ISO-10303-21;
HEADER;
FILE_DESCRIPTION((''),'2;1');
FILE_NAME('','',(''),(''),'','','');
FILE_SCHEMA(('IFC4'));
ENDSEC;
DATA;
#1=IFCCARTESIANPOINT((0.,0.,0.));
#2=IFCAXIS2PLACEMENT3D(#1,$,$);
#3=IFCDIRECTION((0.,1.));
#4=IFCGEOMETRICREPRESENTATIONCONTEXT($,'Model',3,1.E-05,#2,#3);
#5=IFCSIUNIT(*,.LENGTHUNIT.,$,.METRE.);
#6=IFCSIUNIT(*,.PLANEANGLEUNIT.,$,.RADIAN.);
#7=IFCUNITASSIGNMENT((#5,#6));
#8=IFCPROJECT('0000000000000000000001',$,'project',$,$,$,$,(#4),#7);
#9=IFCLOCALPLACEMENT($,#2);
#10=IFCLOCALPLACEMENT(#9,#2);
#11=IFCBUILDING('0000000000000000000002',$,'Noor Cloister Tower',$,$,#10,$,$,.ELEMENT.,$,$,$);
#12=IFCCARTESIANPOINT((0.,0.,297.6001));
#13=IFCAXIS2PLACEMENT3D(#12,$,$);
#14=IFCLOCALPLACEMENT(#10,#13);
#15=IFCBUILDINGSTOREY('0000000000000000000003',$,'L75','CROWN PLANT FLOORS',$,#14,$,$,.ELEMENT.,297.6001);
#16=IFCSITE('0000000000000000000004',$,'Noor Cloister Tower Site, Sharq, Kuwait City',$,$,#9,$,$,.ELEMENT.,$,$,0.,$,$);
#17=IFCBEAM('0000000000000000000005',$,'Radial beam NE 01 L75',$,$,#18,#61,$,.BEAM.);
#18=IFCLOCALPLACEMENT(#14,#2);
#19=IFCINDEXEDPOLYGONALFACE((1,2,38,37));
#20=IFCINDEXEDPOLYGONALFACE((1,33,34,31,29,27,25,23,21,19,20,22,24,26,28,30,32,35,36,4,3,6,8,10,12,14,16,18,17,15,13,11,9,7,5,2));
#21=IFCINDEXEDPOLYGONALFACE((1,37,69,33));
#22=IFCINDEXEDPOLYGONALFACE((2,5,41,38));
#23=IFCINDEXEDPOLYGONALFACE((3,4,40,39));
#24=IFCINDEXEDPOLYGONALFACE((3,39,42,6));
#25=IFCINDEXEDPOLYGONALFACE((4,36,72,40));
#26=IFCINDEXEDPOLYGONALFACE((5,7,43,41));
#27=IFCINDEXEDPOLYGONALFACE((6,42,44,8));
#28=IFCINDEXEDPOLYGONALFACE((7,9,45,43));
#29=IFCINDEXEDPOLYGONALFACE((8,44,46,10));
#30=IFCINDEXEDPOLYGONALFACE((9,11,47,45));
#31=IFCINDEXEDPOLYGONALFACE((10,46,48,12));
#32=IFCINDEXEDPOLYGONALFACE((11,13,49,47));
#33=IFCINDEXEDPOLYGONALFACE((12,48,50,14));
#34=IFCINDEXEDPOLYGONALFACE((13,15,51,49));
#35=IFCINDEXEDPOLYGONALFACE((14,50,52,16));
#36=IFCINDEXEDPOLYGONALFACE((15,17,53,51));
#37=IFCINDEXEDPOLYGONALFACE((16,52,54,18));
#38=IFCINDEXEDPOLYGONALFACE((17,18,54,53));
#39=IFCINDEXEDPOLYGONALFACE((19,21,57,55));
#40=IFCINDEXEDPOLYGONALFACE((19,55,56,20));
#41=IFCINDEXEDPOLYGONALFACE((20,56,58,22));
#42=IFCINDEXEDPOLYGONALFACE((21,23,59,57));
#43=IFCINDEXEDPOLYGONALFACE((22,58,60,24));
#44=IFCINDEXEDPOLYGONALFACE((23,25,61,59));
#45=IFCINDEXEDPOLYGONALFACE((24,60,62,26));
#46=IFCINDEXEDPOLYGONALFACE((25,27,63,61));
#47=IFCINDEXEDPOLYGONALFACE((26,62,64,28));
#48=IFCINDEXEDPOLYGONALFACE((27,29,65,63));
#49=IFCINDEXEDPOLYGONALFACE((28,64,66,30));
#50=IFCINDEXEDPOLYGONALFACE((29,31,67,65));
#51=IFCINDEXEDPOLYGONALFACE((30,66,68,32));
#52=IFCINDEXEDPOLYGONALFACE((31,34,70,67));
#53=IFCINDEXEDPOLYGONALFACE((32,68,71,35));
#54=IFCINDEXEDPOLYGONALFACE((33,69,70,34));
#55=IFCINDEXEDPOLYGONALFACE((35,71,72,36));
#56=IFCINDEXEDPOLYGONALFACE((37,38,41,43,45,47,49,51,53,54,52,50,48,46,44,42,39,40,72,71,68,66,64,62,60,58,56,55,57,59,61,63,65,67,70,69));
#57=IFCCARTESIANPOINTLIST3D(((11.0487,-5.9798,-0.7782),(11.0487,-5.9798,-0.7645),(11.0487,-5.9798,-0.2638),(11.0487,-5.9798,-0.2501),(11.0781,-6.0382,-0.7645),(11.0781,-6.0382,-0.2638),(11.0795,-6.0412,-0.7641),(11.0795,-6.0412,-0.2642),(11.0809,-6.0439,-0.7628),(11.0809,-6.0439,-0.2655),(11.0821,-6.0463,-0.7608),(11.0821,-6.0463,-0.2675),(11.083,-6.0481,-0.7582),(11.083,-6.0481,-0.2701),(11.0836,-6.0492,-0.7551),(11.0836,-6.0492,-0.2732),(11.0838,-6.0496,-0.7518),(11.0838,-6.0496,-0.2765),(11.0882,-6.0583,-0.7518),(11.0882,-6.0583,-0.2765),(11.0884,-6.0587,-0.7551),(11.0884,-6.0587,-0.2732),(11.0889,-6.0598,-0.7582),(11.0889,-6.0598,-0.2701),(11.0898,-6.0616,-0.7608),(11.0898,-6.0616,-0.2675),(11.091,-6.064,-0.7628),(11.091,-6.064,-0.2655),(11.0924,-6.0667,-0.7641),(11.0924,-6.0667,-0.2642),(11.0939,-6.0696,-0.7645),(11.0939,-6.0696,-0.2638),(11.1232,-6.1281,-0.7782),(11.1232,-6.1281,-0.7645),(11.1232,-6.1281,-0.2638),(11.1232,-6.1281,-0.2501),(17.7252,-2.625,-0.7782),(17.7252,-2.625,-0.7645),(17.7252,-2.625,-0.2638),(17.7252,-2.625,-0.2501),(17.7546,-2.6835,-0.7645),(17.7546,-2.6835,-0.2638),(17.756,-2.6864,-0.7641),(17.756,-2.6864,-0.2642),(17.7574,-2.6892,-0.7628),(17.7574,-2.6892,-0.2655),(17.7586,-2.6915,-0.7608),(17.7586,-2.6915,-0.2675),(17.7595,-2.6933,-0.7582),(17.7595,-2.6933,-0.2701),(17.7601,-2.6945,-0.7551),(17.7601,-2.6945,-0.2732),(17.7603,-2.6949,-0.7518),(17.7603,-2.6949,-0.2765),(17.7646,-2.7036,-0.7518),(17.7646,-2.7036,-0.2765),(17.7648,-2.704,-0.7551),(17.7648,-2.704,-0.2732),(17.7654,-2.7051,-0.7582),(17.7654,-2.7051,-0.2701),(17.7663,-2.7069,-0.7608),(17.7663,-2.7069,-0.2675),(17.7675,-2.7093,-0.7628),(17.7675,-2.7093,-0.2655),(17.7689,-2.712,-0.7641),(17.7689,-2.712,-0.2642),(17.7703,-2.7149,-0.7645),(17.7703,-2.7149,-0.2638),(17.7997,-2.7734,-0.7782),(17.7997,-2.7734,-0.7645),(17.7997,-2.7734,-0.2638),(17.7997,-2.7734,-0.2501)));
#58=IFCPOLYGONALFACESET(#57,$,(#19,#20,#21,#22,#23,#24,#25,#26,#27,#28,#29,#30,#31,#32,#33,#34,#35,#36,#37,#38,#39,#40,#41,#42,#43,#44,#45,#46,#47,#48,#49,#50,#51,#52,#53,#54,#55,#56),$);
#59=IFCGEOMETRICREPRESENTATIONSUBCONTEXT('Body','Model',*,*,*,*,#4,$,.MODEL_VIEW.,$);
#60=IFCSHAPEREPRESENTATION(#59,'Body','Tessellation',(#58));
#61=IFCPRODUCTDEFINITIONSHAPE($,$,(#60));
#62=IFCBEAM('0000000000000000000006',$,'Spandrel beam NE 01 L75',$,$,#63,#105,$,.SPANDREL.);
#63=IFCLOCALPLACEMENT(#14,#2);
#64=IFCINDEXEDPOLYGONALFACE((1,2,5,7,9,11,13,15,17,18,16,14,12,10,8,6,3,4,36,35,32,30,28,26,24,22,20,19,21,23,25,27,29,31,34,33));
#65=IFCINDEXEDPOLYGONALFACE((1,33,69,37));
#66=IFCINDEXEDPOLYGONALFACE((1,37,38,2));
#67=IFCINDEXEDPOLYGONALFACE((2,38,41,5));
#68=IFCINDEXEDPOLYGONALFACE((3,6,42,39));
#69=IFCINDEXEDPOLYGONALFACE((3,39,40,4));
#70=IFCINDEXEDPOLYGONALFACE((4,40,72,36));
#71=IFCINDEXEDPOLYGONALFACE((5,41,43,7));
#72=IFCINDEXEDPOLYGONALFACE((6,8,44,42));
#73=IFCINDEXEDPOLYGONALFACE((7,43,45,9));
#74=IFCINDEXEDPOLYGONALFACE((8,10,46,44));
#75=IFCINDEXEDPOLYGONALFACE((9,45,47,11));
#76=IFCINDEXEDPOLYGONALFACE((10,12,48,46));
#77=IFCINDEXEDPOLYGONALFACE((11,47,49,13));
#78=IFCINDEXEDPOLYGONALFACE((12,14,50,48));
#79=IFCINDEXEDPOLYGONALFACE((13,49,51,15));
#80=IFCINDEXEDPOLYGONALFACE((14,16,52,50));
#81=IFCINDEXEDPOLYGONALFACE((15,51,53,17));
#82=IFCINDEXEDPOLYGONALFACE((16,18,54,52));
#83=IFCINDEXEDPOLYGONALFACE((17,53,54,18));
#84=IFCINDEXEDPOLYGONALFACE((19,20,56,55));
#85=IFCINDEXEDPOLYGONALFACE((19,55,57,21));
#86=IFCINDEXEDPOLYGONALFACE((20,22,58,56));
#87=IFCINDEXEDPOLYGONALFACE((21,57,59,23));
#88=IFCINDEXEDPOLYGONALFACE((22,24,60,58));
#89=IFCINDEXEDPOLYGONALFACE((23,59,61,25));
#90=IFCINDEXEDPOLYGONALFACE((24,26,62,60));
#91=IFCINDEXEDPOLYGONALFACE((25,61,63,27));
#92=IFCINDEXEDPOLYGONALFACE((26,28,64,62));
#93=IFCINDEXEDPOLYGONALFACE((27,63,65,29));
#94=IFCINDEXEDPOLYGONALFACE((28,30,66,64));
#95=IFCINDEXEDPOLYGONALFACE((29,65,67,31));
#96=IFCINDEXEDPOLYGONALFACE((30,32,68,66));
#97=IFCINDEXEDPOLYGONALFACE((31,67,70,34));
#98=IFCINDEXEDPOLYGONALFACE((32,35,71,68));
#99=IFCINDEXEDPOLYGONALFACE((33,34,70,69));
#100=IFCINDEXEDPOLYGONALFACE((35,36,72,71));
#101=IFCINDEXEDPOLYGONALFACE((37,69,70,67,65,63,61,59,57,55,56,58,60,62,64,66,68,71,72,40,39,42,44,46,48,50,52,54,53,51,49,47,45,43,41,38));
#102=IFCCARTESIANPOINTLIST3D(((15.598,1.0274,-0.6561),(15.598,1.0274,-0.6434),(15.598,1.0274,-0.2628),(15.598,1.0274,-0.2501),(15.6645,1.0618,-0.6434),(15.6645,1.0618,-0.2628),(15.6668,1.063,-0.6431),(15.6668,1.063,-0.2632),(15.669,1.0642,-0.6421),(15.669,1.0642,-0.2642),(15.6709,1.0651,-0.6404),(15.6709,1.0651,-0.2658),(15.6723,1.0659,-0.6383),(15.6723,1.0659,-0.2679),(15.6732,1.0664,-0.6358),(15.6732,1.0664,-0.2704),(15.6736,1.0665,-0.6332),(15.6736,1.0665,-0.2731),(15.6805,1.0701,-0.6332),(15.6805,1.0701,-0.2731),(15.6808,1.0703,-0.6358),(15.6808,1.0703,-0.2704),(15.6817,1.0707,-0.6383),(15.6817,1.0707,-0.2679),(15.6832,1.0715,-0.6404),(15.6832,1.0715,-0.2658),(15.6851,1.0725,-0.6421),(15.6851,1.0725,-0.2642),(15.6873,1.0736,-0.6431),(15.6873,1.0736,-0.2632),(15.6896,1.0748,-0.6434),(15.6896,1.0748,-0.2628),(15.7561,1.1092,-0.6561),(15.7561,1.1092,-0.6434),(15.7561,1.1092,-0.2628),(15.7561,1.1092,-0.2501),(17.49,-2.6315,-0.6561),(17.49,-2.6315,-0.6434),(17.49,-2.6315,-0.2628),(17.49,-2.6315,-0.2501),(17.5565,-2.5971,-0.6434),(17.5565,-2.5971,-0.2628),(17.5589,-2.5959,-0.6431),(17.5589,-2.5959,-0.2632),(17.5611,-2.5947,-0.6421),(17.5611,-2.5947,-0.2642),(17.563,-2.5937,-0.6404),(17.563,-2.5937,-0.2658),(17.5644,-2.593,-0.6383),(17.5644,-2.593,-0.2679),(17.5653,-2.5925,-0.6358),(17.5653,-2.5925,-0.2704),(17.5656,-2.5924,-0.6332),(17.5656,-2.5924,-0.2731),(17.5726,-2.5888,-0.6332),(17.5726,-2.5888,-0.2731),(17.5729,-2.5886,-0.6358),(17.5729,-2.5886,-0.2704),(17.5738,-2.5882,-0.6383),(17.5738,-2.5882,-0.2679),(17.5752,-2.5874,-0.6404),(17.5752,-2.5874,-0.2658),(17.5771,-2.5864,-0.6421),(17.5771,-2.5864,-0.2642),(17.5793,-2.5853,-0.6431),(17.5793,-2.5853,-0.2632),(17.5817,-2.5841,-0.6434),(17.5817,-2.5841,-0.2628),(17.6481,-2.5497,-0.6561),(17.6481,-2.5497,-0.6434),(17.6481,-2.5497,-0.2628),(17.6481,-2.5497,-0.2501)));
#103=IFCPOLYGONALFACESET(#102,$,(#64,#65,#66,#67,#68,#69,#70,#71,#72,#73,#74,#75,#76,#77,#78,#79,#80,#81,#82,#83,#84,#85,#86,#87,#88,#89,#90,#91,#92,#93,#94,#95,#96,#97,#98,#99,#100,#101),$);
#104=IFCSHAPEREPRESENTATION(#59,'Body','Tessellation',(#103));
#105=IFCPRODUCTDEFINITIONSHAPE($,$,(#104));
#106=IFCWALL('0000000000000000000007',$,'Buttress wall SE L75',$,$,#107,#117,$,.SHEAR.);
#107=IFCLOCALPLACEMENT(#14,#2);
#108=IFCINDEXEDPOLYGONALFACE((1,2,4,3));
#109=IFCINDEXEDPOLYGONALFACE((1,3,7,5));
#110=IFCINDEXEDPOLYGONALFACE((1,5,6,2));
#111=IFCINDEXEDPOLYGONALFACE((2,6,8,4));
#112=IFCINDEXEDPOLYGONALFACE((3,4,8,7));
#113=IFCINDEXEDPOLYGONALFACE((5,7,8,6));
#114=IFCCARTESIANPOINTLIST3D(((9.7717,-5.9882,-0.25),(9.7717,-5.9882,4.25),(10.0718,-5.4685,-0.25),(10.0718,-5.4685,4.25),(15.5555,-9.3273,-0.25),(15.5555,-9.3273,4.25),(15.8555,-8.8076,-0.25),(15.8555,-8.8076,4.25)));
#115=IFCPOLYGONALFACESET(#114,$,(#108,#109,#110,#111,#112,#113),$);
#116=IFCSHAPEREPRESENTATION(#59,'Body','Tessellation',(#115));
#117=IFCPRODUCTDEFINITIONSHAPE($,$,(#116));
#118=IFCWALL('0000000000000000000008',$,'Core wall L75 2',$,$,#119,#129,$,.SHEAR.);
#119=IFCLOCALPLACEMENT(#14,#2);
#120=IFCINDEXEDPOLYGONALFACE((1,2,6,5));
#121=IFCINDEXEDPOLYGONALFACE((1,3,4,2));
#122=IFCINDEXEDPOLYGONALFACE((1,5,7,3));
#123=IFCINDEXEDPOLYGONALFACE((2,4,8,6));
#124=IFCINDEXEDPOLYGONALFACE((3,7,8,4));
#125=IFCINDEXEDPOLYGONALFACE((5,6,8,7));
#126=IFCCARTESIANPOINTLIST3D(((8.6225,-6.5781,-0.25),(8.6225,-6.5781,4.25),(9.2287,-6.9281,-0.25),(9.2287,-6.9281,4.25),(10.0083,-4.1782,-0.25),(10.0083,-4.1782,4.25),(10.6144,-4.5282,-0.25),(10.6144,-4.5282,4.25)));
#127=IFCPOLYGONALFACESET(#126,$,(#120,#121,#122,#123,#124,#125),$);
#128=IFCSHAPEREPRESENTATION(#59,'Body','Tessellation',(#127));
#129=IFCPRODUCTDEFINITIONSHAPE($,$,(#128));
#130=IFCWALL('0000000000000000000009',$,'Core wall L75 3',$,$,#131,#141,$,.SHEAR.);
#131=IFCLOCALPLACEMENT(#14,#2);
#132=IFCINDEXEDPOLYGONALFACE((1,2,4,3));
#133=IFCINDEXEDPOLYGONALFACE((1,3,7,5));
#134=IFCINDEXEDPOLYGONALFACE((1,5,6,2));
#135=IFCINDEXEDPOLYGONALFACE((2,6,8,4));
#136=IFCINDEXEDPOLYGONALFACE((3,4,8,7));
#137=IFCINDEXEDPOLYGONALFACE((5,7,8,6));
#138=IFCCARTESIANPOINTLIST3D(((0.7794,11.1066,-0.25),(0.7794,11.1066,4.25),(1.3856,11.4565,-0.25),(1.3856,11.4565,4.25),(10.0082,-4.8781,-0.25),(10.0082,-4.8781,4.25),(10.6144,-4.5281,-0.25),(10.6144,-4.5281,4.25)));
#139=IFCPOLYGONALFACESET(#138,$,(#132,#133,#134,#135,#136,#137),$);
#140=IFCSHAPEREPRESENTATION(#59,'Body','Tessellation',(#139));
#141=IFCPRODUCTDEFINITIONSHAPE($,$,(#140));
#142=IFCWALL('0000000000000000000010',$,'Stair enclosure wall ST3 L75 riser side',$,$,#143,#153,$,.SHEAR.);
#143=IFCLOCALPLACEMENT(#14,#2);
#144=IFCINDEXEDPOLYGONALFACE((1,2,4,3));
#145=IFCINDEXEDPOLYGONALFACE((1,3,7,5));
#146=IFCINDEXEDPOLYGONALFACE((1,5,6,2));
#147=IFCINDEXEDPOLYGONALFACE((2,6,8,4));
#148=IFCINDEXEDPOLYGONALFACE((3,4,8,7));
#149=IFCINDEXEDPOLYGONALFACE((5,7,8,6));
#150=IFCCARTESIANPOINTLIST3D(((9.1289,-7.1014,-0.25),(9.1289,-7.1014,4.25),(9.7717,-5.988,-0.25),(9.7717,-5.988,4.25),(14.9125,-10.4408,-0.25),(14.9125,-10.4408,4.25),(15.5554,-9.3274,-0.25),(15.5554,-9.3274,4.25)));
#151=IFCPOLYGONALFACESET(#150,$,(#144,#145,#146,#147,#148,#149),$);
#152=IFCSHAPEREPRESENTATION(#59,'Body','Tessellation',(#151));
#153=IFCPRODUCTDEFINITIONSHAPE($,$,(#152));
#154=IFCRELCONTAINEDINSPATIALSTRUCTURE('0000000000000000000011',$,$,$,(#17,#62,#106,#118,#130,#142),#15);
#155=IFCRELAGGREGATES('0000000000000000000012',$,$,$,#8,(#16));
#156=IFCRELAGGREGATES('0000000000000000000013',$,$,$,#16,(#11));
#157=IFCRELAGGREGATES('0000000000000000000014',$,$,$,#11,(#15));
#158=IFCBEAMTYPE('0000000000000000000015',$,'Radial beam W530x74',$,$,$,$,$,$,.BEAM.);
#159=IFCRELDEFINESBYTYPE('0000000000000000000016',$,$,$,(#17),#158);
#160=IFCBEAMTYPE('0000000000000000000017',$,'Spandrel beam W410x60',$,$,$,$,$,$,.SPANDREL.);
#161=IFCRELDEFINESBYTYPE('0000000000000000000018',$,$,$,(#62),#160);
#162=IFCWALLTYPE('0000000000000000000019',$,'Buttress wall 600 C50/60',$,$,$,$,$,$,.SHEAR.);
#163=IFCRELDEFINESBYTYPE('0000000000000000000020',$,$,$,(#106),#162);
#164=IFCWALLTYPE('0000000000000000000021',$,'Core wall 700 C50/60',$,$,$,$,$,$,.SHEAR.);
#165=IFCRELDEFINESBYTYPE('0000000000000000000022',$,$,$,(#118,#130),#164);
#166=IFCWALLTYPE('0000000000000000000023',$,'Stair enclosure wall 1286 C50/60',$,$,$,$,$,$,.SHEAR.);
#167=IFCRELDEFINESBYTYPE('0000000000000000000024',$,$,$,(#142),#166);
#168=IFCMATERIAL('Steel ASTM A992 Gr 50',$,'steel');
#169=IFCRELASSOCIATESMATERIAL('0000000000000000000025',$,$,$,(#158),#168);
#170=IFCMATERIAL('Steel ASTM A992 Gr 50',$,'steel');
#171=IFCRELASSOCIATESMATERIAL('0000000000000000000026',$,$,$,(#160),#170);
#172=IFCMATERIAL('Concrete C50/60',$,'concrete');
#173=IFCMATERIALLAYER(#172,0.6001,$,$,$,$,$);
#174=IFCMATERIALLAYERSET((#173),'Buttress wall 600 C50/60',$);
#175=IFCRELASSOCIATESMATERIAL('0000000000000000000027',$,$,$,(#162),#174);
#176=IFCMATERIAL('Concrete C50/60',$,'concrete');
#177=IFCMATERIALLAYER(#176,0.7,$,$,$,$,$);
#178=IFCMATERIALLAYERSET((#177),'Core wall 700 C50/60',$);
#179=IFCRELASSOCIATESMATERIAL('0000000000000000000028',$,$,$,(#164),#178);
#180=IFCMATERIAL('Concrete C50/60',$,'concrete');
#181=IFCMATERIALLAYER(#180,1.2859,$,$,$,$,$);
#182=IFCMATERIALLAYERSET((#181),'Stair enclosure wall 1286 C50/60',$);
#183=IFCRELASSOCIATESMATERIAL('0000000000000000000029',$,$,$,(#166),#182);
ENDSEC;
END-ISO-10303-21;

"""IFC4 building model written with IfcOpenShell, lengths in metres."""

from ifc_helpers import new_model, si_unit, direction, frame, frame_2d, origin, origin_2d, place, context, subcontext, project, spatial, rectangle, i_section, extrude, material, layer, layer_set, material_profile, profile_set, type_object, element, save


model = new_model("IFC4")

# Units and contexts
model_context = context("Model", 3, precision=1e-05, world=origin(), true_north=direction((0.0, 1.0)))
body_context = subcontext(model_context, "Body", "Model", "MODEL_VIEW")
ifc_project = project(units=[si_unit("LENGTHUNIT", "METRE"), si_unit("PLANEANGLEUNIT", "RADIAN")], contexts=[model_context])

# Site, building, storey
site_placement = place(None, origin())
site = spatial("IfcSite", under=ifc_project, at=site_placement, Name="Noor Cloister Tower Site, Sharq, Kuwait City", CompositionType="ELEMENT", RefElevation=0.0)
building_placement = place(site_placement, origin())
building = spatial("IfcBuilding", under=site, at=building_placement, Name="Noor Cloister Tower", CompositionType="ELEMENT")
storey_placement = place(building_placement, frame((0.0, 0.0, 297.6001)))
storey = spatial("IfcBuildingStorey", under=building, at=storey_placement, Name="L75", Description="CROWN PLANT FLOORS", CompositionType="ELEMENT", Elevation=297.6001)

# Beams
ifc_material_1 = material(Name="Steel ASTM A992 Gr 50", Category="steel")
ifc_material_profile_1 = material_profile(ifc_material_1, i_section(OverallWidth=0.166, OverallDepth=0.5281, WebThickness=0.0098, FlangeThickness=0.0137, FilletRadius=0.0127, at=origin_2d()), Name="W530x74")
ifc_profile_set_1 = profile_set([ifc_material_profile_1], Name="Steel ASTM A992 Gr 50")
beam_type_1 = type_object("IfcBeamType", Name="Radial beam W530x74", PredefinedType="BEAM", material=ifc_profile_set_1)
beam_1_placement = place(storey_placement, frame((17.7625, -2.6992, -0.5142), z_axis=(-0.893543, -0.448977, 0.0), x_axis=(0.448977, -0.893543, 0.0)))
element("IfcBeam", 1, at=beam_1_placement, inside=storey, type_object=beam_type_1, Name="Radial beam NE 01 L75", PredefinedType="BEAM", context=body_context, shape_type="SweptSolid", body=[
    extrude(i_section(OverallWidth=0.166, OverallDepth=0.5281, WebThickness=0.0098, FlangeThickness=0.0137, FilletRadius=0.0127, at=origin_2d()), origin(), (0.0, 0.0, 1.0), 7.4719),
])
ifc_material_2 = material(Name="Steel ASTM A992 Gr 50", Category="steel")
ifc_material_profile_2 = material_profile(ifc_material_2, i_section(OverallWidth=0.178, OverallDepth=0.406, WebThickness=0.0078, FlangeThickness=0.0127, FilletRadius=0.0103, at=origin_2d()), Name="W410x60")
ifc_profile_set_2 = profile_set([ifc_material_profile_2], Name="Steel ASTM A992 Gr 50")
beam_type_2 = type_object("IfcBeamType", Name="Spandrel beam W410x60", PredefinedType="SPANDREL", material=ifc_profile_set_2)
beam_2_placement = place(storey_placement, frame((17.5691, -2.5906, -0.4531), z_axis=(-0.459334, 0.888264, 0.0), x_axis=(-0.888264, -0.459334, 0.0)))
element("IfcBeam", 2, at=beam_2_placement, inside=storey, type_object=beam_type_2, Name="Spandrel beam NE 01 L75", PredefinedType="SPANDREL", context=body_context, shape_type="SweptSolid", body=[
    extrude(i_section(OverallWidth=0.178, OverallDepth=0.406, WebThickness=0.0078, FlangeThickness=0.0127, FilletRadius=0.0103, at=origin_2d()), origin(), (0.0, 0.0, 1.0), 4.1191),
])

# Walls
ifc_material_3 = material(Name="Concrete C50/60", Category="concrete")
ifc_layer_1 = layer(ifc_material_3, 0.6001)
ifc_layer_set_1 = layer_set([ifc_layer_1], Name="Buttress wall 600 C50/60")
wall_type_1 = type_object("IfcWallType", Name="Buttress wall 600 C50/60", PredefinedType="SHEAR", material=ifc_layer_set_1)
wall_1_placement = place(storey_placement, frame((9.9216, -5.7283, -0.25), z_axis=(0.0, 0.0, 1.0), x_axis=(0.866032, -0.499988, 0.0)))
element("IfcWall", 3, at=wall_1_placement, inside=storey, type_object=wall_type_1, Name="Buttress wall SE L75", PredefinedType="SHEAR", context=body_context, shape_type="SweptSolid", body=[
    extrude(rectangle(XDim=6.6785, YDim=0.6001, at=frame_2d((3.3394, 0.0))), origin(), (0.0, 0.0, 1.0), 4.5),
])
ifc_material_4 = material(Name="Concrete C50/60", Category="concrete")
ifc_layer_2 = layer(ifc_material_4, 0.7)
ifc_layer_set_2 = layer_set([ifc_layer_2], Name="Core wall 700 C50/60")
wall_type_2 = type_object("IfcWallType", Name="Core wall 700 C50/60", PredefinedType="SHEAR", material=ifc_layer_set_2)
wall_2_placement = place(storey_placement, frame((8.9255, -6.7532, -0.25), z_axis=(0.0, 0.0, 1.0), x_axis=(0.500043, 0.866001, 0.0)))
element("IfcWall", 4, at=wall_2_placement, inside=storey, type_object=wall_type_2, Name="Core wall L75 2", PredefinedType="SHEAR", context=body_context, shape_type="SweptSolid", body=[
    extrude(rectangle(XDim=2.7712, YDim=0.7, at=frame_2d((1.3857, 0.0))), origin(), (0.0, 0.0, 1.0), 4.5),
])
wall_3_placement = place(storey_placement, frame((10.3113, -4.7031, -0.25), z_axis=(0.0, 0.0, 1.0), x_axis=(-0.500001, 0.866025, 0.0)))
element("IfcWall", 5, at=wall_3_placement, inside=storey, type_object=wall_type_2, Name="Core wall L75 3", PredefinedType="SHEAR", context=body_context, shape_type="SweptSolid", body=[
    extrude(rectangle(XDim=18.4575, YDim=0.7, at=frame_2d((9.2288, 0.0))), origin(), (0.0, 0.0, 1.0), 4.5),
])
ifc_material_5 = material(Name="Concrete C50/60", Category="concrete")
ifc_layer_3 = layer(ifc_material_5, 1.2859)
ifc_layer_set_3 = layer_set([ifc_layer_3], Name="Stair enclosure wall 1286 C50/60")
wall_type_3 = type_object("IfcWallType", Name="Stair enclosure wall 1286 C50/60", PredefinedType="SHEAR", material=ifc_layer_set_3)
wall_4_placement = place(storey_placement, frame((9.4502, -6.5447, -0.25), z_axis=(0.0, 0.0, 1.0), x_axis=(0.866016, -0.500016, 0.0)))
element("IfcWall", 6, at=wall_4_placement, inside=storey, type_object=wall_type_3, Name="Stair enclosure wall ST3 L75 riser side", PredefinedType="SHEAR", context=body_context, shape_type="SweptSolid", body=[
    extrude(rectangle(XDim=6.6785, YDim=1.2856, at=frame_2d((3.3394, 0.0))), origin(), (0.0, 0.0, 1.0), 4.5),
])

save(model, "model.ifc")
